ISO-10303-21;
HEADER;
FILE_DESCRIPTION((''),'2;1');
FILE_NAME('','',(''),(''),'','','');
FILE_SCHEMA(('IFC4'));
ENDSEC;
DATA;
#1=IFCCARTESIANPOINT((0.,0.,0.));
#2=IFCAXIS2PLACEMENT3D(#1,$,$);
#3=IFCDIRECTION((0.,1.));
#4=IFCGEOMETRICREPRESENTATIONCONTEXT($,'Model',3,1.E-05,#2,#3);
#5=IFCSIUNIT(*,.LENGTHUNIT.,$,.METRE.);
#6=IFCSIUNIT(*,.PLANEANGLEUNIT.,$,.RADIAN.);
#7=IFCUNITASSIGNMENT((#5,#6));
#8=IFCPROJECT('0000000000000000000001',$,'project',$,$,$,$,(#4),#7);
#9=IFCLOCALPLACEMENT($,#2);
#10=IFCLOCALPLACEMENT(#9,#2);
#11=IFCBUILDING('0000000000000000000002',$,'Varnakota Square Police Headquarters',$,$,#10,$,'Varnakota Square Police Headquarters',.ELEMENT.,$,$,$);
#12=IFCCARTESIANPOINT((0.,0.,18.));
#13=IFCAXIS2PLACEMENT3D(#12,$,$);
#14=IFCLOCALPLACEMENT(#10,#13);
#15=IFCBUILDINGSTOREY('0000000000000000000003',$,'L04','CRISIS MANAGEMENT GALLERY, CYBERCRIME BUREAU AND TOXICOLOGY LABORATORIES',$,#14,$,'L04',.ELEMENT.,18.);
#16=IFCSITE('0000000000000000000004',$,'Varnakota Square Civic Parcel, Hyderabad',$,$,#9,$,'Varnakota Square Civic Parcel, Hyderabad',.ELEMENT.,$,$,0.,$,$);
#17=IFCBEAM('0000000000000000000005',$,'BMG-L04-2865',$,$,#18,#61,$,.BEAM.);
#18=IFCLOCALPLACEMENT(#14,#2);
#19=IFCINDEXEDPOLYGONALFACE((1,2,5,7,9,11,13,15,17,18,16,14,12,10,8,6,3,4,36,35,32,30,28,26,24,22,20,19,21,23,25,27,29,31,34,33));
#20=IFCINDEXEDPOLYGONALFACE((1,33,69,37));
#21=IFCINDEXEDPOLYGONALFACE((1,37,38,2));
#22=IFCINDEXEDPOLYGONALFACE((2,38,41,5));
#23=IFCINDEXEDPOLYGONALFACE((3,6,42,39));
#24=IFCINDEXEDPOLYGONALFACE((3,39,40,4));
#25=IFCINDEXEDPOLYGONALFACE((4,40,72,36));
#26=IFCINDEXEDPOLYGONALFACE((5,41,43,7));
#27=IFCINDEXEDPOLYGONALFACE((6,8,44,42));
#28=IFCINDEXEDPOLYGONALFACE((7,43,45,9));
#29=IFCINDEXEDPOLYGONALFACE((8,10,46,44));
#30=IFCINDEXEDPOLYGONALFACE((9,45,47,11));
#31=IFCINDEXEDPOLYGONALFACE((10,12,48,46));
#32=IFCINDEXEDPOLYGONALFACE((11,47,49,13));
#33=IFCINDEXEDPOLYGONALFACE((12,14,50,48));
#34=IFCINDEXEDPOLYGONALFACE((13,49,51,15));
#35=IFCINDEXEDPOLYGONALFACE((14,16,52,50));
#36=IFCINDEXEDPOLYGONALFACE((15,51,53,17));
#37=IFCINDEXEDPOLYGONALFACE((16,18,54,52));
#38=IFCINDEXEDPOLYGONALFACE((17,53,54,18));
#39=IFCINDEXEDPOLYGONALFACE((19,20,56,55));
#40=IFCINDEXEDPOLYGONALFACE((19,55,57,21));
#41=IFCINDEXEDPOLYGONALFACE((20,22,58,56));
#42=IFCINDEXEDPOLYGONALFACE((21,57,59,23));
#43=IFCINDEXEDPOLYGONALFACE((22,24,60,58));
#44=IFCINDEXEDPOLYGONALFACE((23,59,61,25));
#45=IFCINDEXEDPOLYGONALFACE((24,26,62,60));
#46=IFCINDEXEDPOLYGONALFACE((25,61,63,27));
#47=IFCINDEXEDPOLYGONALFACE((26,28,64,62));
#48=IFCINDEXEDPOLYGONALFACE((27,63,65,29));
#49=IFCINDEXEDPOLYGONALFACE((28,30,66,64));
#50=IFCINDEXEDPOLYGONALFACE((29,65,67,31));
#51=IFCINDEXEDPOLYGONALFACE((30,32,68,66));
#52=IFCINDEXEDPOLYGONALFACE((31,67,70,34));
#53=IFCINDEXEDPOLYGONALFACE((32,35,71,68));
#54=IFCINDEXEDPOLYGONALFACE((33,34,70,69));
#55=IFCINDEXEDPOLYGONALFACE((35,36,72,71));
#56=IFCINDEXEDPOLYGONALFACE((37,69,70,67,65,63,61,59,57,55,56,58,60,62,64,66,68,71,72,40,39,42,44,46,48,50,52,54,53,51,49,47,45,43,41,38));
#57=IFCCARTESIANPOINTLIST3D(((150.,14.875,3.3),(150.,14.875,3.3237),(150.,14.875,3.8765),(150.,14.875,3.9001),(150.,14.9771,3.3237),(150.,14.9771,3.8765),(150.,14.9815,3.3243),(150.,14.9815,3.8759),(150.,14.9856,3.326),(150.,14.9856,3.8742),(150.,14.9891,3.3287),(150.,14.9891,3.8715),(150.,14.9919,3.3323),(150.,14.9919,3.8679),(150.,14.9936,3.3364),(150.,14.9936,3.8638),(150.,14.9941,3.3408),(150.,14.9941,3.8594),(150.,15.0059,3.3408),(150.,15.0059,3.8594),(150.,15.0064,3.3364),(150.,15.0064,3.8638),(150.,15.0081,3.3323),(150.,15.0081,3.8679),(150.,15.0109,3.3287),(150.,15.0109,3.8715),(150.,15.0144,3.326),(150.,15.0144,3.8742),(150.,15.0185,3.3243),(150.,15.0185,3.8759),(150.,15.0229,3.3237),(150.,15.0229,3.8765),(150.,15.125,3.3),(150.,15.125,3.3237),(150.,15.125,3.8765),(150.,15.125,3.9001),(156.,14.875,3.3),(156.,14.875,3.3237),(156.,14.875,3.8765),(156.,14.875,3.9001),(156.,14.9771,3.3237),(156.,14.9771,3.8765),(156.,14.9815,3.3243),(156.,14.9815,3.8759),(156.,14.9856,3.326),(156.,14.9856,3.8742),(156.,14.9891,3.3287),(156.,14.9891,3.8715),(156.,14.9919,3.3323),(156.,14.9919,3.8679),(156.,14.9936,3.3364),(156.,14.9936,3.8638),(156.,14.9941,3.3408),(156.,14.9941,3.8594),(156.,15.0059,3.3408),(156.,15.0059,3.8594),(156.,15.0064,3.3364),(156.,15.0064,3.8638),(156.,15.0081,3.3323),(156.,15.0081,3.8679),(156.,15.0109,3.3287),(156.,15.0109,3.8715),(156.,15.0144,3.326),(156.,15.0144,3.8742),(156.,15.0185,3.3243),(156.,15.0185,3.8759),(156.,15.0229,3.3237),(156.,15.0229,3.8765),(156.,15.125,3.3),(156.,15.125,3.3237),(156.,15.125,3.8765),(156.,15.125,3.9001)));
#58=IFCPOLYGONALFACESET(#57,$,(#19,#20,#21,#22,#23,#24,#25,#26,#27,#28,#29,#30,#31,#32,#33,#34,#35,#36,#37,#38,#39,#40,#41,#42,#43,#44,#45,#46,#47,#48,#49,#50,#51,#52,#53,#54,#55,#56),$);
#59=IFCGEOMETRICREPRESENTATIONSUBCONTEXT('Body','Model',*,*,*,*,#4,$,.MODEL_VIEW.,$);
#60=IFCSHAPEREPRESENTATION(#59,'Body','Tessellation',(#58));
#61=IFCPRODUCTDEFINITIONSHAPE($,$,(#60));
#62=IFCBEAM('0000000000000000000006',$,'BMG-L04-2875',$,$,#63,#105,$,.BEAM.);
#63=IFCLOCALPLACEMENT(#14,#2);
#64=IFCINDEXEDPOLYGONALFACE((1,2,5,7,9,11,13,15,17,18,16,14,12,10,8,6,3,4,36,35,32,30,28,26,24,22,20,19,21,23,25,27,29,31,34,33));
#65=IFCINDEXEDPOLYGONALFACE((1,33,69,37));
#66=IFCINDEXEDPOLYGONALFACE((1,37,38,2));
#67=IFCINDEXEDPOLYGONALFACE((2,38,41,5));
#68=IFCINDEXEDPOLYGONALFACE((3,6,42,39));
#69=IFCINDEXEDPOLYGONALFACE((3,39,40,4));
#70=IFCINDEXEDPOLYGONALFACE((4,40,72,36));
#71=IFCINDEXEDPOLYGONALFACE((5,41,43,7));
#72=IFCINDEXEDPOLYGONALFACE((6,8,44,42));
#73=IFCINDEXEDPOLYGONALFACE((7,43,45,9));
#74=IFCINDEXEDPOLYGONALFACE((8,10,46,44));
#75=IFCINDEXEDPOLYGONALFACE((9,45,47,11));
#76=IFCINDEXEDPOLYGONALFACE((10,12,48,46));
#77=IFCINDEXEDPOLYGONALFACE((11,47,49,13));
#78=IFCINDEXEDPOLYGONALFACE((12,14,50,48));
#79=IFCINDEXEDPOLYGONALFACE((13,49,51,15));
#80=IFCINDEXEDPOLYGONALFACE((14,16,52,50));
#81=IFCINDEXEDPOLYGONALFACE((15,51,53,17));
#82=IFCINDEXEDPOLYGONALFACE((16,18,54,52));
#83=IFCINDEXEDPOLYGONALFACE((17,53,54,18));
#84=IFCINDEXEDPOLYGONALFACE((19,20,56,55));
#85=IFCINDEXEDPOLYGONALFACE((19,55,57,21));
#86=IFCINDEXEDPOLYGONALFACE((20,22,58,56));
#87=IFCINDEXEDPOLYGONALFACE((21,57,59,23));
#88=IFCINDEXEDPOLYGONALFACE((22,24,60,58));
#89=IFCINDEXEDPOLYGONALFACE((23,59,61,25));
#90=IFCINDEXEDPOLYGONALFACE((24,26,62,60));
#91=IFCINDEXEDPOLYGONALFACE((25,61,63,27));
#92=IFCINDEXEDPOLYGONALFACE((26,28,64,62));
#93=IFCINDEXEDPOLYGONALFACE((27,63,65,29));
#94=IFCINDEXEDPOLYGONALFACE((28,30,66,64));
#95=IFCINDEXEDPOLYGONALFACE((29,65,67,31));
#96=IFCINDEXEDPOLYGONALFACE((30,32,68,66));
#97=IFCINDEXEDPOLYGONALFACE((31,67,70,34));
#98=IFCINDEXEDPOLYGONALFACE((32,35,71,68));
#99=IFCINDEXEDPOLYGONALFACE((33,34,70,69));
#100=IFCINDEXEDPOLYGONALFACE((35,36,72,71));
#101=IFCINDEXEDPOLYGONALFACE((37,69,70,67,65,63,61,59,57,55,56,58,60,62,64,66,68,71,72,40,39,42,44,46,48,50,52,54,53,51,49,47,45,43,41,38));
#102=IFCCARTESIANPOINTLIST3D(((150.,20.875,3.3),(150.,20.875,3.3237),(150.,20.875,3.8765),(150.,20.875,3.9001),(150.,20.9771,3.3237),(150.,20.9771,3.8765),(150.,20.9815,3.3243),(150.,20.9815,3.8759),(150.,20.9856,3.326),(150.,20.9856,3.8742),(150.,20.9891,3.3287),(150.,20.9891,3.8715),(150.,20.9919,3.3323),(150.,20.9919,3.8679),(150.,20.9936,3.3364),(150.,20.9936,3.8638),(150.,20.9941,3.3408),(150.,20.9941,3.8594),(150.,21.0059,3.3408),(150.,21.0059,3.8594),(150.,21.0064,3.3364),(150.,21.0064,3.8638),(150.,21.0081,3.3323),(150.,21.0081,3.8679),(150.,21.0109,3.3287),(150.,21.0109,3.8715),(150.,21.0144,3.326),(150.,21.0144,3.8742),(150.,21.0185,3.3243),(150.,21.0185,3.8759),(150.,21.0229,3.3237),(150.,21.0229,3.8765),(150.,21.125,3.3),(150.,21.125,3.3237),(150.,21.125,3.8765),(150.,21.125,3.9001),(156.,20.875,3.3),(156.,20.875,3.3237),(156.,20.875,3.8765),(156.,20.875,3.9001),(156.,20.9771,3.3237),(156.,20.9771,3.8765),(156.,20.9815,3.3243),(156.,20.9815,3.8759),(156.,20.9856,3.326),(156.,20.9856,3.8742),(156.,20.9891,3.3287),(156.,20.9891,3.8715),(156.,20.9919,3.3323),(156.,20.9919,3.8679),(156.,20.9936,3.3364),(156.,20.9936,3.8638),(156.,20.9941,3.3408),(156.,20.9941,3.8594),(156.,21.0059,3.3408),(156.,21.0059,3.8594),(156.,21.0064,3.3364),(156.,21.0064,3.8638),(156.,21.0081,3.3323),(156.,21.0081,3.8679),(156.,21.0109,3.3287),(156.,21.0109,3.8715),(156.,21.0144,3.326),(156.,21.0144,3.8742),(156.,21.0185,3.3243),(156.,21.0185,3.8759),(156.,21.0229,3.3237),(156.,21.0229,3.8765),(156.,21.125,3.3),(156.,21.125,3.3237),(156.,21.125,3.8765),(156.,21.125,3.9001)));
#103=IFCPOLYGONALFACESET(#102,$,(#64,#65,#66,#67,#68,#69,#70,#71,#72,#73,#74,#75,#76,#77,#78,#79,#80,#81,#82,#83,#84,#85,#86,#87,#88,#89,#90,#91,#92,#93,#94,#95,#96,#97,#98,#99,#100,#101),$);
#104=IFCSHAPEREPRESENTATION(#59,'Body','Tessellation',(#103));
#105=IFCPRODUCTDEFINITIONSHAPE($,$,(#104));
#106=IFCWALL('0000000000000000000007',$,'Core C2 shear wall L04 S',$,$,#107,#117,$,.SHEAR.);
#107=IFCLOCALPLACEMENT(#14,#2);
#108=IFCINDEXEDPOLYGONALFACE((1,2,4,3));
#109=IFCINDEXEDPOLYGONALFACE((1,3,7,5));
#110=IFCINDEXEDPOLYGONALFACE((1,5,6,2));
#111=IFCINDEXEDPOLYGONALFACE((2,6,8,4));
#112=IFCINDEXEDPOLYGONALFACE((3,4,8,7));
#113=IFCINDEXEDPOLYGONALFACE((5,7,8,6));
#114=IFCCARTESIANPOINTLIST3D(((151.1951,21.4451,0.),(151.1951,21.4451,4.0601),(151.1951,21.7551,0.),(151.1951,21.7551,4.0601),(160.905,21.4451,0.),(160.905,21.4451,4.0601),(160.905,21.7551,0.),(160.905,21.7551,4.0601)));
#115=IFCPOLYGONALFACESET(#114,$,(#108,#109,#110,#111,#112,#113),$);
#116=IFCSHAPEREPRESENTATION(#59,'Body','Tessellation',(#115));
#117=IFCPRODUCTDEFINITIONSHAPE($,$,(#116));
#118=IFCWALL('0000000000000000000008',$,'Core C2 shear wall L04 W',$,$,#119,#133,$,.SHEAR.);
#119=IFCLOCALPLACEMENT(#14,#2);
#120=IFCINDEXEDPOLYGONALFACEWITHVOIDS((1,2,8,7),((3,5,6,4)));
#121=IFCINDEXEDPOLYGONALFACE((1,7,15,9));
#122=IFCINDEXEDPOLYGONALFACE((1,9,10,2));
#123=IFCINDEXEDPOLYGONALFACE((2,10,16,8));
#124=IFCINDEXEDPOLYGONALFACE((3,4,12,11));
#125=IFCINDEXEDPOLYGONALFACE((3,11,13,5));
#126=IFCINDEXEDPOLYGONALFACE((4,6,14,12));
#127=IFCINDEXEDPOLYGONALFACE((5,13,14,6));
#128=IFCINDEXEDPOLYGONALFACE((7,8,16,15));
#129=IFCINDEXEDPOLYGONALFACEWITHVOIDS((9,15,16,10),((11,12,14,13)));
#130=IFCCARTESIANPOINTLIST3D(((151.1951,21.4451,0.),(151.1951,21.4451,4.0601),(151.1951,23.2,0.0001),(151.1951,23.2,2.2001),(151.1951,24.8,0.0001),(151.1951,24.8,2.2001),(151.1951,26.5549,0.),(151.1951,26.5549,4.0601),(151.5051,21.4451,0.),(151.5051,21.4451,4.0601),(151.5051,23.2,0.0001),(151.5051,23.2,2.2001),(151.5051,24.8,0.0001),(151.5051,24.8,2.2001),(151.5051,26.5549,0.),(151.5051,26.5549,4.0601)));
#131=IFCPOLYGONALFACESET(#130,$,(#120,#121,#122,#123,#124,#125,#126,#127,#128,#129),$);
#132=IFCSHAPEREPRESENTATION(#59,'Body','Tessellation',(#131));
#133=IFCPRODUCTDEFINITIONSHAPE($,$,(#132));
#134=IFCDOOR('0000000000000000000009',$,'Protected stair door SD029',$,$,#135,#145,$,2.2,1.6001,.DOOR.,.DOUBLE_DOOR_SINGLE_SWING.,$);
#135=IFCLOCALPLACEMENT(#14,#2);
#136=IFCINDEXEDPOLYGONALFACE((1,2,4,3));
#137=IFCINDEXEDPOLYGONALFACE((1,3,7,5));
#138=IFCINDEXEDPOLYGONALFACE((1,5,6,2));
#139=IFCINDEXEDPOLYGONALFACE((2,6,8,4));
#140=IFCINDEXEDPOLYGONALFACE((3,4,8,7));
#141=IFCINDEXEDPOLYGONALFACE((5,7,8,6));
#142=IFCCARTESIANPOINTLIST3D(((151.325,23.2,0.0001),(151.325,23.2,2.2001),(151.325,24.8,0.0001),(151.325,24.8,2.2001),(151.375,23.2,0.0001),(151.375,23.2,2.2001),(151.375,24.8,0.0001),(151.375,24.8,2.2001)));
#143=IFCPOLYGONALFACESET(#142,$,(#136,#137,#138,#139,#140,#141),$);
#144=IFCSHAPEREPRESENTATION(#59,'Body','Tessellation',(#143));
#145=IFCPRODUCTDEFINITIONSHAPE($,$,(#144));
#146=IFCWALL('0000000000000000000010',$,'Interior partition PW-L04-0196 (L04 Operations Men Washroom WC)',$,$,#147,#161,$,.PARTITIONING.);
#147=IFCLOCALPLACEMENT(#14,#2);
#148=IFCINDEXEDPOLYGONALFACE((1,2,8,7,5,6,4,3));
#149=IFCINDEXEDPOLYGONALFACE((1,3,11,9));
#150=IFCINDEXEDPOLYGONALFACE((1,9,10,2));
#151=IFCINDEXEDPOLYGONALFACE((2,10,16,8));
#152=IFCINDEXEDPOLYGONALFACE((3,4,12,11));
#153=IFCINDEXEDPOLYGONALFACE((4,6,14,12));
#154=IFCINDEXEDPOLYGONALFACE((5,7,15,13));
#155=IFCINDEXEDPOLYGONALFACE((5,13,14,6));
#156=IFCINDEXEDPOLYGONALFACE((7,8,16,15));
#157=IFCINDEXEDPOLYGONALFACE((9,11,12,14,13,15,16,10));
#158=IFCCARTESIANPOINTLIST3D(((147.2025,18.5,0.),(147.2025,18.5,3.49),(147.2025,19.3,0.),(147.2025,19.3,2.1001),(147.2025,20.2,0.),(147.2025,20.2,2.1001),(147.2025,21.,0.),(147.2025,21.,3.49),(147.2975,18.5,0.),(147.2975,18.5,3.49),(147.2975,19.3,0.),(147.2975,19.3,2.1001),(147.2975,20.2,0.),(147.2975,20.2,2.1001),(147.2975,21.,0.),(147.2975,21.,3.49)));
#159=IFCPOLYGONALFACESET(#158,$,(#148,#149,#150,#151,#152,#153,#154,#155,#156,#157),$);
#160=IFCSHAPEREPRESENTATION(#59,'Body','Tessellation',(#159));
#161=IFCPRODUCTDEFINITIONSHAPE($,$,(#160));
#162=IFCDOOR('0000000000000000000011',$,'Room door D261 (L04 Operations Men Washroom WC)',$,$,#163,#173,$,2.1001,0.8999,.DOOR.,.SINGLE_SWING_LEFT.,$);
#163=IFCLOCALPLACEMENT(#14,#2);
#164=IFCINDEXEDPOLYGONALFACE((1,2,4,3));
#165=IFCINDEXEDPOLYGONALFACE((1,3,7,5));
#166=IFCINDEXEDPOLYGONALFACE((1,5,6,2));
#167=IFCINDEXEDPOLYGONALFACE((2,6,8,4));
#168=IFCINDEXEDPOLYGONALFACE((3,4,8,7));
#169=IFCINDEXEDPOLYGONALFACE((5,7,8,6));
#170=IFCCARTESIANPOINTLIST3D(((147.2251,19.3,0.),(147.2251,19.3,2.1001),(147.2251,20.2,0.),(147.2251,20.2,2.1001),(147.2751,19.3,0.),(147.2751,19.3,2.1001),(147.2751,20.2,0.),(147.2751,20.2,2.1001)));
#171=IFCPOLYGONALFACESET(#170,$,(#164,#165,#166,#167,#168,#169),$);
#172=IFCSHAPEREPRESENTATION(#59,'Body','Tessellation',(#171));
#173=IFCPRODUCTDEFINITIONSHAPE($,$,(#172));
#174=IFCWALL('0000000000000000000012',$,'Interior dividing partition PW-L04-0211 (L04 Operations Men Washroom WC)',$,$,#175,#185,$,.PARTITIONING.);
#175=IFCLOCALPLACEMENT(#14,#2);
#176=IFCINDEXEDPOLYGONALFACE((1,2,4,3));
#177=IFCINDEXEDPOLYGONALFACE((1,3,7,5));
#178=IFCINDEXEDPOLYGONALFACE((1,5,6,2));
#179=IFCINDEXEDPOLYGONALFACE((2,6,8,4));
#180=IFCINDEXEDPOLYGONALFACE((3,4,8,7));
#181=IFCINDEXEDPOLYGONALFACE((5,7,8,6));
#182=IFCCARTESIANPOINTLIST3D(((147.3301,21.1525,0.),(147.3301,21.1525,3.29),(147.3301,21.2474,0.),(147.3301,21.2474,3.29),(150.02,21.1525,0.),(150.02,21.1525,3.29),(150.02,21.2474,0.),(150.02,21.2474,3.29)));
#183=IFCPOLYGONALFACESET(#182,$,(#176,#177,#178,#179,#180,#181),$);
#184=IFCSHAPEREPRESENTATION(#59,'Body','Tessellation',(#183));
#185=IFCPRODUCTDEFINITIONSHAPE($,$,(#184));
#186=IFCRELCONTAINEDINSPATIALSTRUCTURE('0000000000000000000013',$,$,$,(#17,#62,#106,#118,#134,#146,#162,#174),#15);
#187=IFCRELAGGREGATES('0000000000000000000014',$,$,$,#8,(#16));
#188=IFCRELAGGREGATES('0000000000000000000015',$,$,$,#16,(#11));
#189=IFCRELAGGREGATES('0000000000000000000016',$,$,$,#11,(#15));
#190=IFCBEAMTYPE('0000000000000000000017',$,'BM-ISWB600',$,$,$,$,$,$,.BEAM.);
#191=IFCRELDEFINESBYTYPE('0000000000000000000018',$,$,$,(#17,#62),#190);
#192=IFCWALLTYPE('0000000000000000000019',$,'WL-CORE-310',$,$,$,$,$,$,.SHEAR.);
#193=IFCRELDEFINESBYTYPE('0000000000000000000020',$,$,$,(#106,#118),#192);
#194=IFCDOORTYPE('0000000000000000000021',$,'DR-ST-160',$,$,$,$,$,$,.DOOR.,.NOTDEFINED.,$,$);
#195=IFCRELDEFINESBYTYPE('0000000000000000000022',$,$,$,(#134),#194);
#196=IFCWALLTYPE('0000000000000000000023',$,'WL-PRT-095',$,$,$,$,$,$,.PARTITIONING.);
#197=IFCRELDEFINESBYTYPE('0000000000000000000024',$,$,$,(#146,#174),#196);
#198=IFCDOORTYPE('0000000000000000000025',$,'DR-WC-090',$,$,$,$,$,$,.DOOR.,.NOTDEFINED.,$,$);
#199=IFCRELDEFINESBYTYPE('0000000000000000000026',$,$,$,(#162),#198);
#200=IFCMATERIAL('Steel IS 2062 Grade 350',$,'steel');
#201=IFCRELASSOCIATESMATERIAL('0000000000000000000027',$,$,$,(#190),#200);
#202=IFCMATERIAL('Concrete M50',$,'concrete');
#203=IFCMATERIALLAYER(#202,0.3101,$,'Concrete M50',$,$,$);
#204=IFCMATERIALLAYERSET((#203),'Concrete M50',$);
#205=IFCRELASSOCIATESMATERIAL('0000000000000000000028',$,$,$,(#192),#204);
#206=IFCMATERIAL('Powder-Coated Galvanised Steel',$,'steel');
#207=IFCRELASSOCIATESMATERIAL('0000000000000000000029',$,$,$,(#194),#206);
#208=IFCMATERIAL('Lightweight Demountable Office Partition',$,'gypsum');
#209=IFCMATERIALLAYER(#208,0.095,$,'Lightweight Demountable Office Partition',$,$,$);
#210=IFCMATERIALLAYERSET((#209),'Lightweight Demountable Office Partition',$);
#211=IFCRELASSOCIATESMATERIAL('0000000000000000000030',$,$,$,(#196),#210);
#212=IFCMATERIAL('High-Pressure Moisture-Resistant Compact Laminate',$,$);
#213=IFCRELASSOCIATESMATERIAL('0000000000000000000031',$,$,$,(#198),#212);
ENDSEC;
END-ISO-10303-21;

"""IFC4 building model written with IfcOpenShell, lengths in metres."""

from ifc_helpers import new_model, si_unit, direction, frame, frame_2d, origin, origin_2d, place, context, subcontext, project, spatial, rectangle, i_section, extrude, material, layer, layer_set, material_profile, profile_set, type_object, element, fill, save


model = new_model("IFC4")

# Units and contexts
model_context = context("Model", 3, precision=1e-05, world=origin(), true_north=direction((0.0, 1.0)))
body_context = subcontext(model_context, "Body", "Model", "MODEL_VIEW")
ifc_project = project(units=[si_unit("LENGTHUNIT", "METRE"), si_unit("PLANEANGLEUNIT", "RADIAN")], contexts=[model_context])

# Site, building, storey
site_placement = place(None, origin())
site = spatial("IfcSite", under=ifc_project, at=site_placement, Name="Varnakota Square Civic Parcel, Hyderabad", LongName="Varnakota Square Civic Parcel, Hyderabad", CompositionType="ELEMENT", RefElevation=0.0)
building_placement = place(site_placement, origin())
building = spatial("IfcBuilding", under=site, at=building_placement, Name="Varnakota Square Police Headquarters", LongName="Varnakota Square Police Headquarters", CompositionType="ELEMENT")
storey_placement = place(building_placement, frame((0.0, 0.0, 18.0)))
storey = spatial("IfcBuildingStorey", under=building, at=storey_placement, Name="L04", Description="CRISIS MANAGEMENT GALLERY, CYBERCRIME BUREAU AND TOXICOLOGY LABORATORIES", LongName="L04", CompositionType="ELEMENT", Elevation=18.0)

# Shared definitions
ifc_material_1 = material(Name="Steel IS 2062 Grade 350", Category="steel")

# Beams
ifc_material_profile_1 = material_profile(ifc_material_1, i_section(OverallWidth=0.25, OverallDepth=0.6001, WebThickness=0.0117, FlangeThickness=0.0237, FilletRadius=0.0171, at=origin_2d()), Name="ISWB 600")
ifc_profile_set_1 = profile_set([ifc_material_profile_1], Name="Steel IS 2062 Grade 350")
beam_type_1 = type_object("IfcBeamType", Name="BM-ISWB600", PredefinedType="BEAM", material=ifc_profile_set_1)
for number, where, z_axis, x_axis, name in (
    (1, (150.0, 15.0, 3.6001), (1.0, 0.0, 0.0), (0.0, 1.0, 0.0), "BMG-L04-2865"),
    (2, (150.0, 21.0, 3.6001), (1.0, 0.0, 0.0), (0.0, 1.0, 0.0), "BMG-L04-2875"),
):
    element("IfcBeam", number, at=place(storey_placement, frame(where, z_axis=z_axis, x_axis=x_axis)), inside=storey, type_object=beam_type_1, Name=name, PredefinedType="BEAM", context=body_context, shape_type="SweptSolid", body=[
        extrude(i_section(OverallWidth=0.25, OverallDepth=0.6001, WebThickness=0.0117, FlangeThickness=0.0237, FilletRadius=0.0171, at=origin_2d()), origin(), (0.0, 0.0, 1.0), 6.0),
    ])

# Wall
ifc_material_2 = material(Name="Concrete M50", Category="concrete")
ifc_layer_1 = layer(ifc_material_2, 0.3101, Name="Concrete M50")
ifc_layer_set_1 = layer_set([ifc_layer_1], Name="Concrete M50")
wall_type_1 = type_object("IfcWallType", Name="WL-CORE-310", PredefinedType="SHEAR", material=ifc_layer_set_1)
wall_1_placement = place(storey_placement, frame((151.1951, 21.6001, 0.0), z_axis=(0.0, 0.0, 1.0), x_axis=(1.0, 0.0, 0.0)))
element("IfcWall", 3, at=wall_1_placement, inside=storey, type_object=wall_type_1, Name="Core C2 shear wall L04 S", PredefinedType="SHEAR", context=body_context, shape_type="SweptSolid", body=[
    extrude(rectangle(XDim=9.71, YDim=0.3101, at=frame_2d((4.855, 0.0))), origin(), (0.0, 0.0, 1.0), 4.0601),
])

# Walls, openings, doors
wall_2_placement = place(storey_placement, frame((151.3501, 26.5549, 0.0), z_axis=(0.0, 0.0, 1.0), x_axis=(0.0, -1.0, 0.0)))
wall_2 = element("IfcWall", 4, at=wall_2_placement, inside=storey, type_object=wall_type_1, Name="Core C2 shear wall L04 W", PredefinedType="SHEAR", context=body_context, shape_type="SweptSolid", body=[
    extrude(rectangle(XDim=5.1099, YDim=0.3101, at=frame_2d((2.5549, 0.0))), origin(), (0.0, 0.0, 1.0), 4.0601),
])
opening_1_placement = place(wall_2_placement, frame((1.7549, 0.0, 0.0)))
opening_1 = element("IfcOpeningElement", 5, at=opening_1_placement, cuts=wall_2, PredefinedType="OPENING", context=body_context, shape_type="SweptSolid", body=[
    extrude(rectangle(XDim=1.6001, YDim=2.2, at=frame_2d((0.8, 1.1001))), frame((0.0, 0.165, 0.0), z_axis=(0.0, -1.0, 0.0), x_axis=(1.0, 0.0, 0.0)), (0.0, 0.0, 1.0), 0.3301),
])
ifc_material_3 = material(Name="Powder-Coated Galvanised Steel", Category="steel")
door_type_1 = type_object("IfcDoorType", Name="DR-ST-160", OperationType="NOTDEFINED", PredefinedType="DOOR", material=ifc_material_3)
door_1_placement = place(opening_1_placement, origin())
door_1 = element("IfcDoor", 6, at=door_1_placement, inside=storey, type_object=door_type_1, Name="Protected stair door SD029", OperationType="DOUBLE_DOOR_SINGLE_SWING", OverallHeight=2.2, OverallWidth=1.6001, PredefinedType="DOOR", context=body_context, shape_type="SweptSolid", body=[
    extrude(rectangle(XDim=1.6001, YDim=2.2, at=frame_2d((0.8, 1.1001))), frame((0.0, 0.0249, 0.0), z_axis=(0.0, -1.0, 0.0), x_axis=(1.0, 0.0, 0.0)), (0.0, 0.0, 1.0), 0.05),
])
fill(opening_1, door_1)
ifc_material_4 = material(Name="Lightweight Demountable Office Partition", Category="gypsum")
ifc_layer_2 = layer(ifc_material_4, 0.095, Name="Lightweight Demountable Office Partition")
ifc_layer_set_2 = layer_set([ifc_layer_2], Name="Lightweight Demountable Office Partition")
wall_type_2 = type_object("IfcWallType", Name="WL-PRT-095", PredefinedType="PARTITIONING", material=ifc_layer_set_2)
wall_3_placement = place(storey_placement, frame((147.25, 18.5, 0.0), z_axis=(0.0, 0.0, 1.0), x_axis=(0.0, 1.0, 0.0)))
wall_3 = element("IfcWall", 7, at=wall_3_placement, inside=storey, type_object=wall_type_2, Name="Interior partition PW-L04-0196 (L04 Operations Men Washroom WC)", PredefinedType="PARTITIONING", context=body_context, shape_type="SweptSolid", body=[
    extrude(rectangle(XDim=2.5, YDim=0.095, at=frame_2d((1.25, 0.0))), origin(), (0.0, 0.0, 1.0), 3.49),
])
opening_2_placement = place(wall_3_placement, frame((0.8, 0.0, 0.0)))
opening_2 = element("IfcOpeningElement", 8, at=opening_2_placement, cuts=wall_3, PredefinedType="OPENING", context=body_context, shape_type="SweptSolid", body=[
    extrude(rectangle(XDim=0.8999, YDim=2.1001, at=frame_2d((0.45, 1.05))), frame((0.0, 0.0574, 0.0), z_axis=(0.0, -1.0, 0.0), x_axis=(1.0, 0.0, 0.0)), (0.0, 0.0, 1.0), 0.115),
])
ifc_material_5 = material(Name="High-Pressure Moisture-Resistant Compact Laminate")
door_type_2 = type_object("IfcDoorType", Name="DR-WC-090", OperationType="NOTDEFINED", PredefinedType="DOOR", material=ifc_material_5)
door_2_placement = place(opening_2_placement, origin())
door_2 = element("IfcDoor", 9, at=door_2_placement, inside=storey, type_object=door_type_2, Name="Room door D261 (L04 Operations Men Washroom WC)", OperationType="SINGLE_SWING_LEFT", OverallHeight=2.1001, OverallWidth=0.8999, PredefinedType="DOOR", context=body_context, shape_type="SweptSolid", body=[
    extrude(rectangle(XDim=0.8999, YDim=2.1001, at=frame_2d((0.45, 1.05))), frame((0.0, 0.0249, 0.0), z_axis=(0.0, -1.0, 0.0), x_axis=(1.0, 0.0, 0.0)), (0.0, 0.0, 1.0), 0.05),
])
fill(opening_2, door_2)

# Wall
wall_4_placement = place(storey_placement, frame((147.3301, 21.2, 0.0), z_axis=(0.0, 0.0, 1.0), x_axis=(1.0, 0.0, 0.0)))
element("IfcWall", 10, at=wall_4_placement, inside=storey, type_object=wall_type_2, Name="Interior dividing partition PW-L04-0211 (L04 Operations Men Washroom WC)", PredefinedType="PARTITIONING", context=body_context, shape_type="SweptSolid", body=[
    extrude(rectangle(XDim=2.6899, YDim=0.095, at=frame_2d((1.345, 0.0))), origin(), (0.0, 0.0, 1.0), 3.29),
])

save(model, "model.ifc")
